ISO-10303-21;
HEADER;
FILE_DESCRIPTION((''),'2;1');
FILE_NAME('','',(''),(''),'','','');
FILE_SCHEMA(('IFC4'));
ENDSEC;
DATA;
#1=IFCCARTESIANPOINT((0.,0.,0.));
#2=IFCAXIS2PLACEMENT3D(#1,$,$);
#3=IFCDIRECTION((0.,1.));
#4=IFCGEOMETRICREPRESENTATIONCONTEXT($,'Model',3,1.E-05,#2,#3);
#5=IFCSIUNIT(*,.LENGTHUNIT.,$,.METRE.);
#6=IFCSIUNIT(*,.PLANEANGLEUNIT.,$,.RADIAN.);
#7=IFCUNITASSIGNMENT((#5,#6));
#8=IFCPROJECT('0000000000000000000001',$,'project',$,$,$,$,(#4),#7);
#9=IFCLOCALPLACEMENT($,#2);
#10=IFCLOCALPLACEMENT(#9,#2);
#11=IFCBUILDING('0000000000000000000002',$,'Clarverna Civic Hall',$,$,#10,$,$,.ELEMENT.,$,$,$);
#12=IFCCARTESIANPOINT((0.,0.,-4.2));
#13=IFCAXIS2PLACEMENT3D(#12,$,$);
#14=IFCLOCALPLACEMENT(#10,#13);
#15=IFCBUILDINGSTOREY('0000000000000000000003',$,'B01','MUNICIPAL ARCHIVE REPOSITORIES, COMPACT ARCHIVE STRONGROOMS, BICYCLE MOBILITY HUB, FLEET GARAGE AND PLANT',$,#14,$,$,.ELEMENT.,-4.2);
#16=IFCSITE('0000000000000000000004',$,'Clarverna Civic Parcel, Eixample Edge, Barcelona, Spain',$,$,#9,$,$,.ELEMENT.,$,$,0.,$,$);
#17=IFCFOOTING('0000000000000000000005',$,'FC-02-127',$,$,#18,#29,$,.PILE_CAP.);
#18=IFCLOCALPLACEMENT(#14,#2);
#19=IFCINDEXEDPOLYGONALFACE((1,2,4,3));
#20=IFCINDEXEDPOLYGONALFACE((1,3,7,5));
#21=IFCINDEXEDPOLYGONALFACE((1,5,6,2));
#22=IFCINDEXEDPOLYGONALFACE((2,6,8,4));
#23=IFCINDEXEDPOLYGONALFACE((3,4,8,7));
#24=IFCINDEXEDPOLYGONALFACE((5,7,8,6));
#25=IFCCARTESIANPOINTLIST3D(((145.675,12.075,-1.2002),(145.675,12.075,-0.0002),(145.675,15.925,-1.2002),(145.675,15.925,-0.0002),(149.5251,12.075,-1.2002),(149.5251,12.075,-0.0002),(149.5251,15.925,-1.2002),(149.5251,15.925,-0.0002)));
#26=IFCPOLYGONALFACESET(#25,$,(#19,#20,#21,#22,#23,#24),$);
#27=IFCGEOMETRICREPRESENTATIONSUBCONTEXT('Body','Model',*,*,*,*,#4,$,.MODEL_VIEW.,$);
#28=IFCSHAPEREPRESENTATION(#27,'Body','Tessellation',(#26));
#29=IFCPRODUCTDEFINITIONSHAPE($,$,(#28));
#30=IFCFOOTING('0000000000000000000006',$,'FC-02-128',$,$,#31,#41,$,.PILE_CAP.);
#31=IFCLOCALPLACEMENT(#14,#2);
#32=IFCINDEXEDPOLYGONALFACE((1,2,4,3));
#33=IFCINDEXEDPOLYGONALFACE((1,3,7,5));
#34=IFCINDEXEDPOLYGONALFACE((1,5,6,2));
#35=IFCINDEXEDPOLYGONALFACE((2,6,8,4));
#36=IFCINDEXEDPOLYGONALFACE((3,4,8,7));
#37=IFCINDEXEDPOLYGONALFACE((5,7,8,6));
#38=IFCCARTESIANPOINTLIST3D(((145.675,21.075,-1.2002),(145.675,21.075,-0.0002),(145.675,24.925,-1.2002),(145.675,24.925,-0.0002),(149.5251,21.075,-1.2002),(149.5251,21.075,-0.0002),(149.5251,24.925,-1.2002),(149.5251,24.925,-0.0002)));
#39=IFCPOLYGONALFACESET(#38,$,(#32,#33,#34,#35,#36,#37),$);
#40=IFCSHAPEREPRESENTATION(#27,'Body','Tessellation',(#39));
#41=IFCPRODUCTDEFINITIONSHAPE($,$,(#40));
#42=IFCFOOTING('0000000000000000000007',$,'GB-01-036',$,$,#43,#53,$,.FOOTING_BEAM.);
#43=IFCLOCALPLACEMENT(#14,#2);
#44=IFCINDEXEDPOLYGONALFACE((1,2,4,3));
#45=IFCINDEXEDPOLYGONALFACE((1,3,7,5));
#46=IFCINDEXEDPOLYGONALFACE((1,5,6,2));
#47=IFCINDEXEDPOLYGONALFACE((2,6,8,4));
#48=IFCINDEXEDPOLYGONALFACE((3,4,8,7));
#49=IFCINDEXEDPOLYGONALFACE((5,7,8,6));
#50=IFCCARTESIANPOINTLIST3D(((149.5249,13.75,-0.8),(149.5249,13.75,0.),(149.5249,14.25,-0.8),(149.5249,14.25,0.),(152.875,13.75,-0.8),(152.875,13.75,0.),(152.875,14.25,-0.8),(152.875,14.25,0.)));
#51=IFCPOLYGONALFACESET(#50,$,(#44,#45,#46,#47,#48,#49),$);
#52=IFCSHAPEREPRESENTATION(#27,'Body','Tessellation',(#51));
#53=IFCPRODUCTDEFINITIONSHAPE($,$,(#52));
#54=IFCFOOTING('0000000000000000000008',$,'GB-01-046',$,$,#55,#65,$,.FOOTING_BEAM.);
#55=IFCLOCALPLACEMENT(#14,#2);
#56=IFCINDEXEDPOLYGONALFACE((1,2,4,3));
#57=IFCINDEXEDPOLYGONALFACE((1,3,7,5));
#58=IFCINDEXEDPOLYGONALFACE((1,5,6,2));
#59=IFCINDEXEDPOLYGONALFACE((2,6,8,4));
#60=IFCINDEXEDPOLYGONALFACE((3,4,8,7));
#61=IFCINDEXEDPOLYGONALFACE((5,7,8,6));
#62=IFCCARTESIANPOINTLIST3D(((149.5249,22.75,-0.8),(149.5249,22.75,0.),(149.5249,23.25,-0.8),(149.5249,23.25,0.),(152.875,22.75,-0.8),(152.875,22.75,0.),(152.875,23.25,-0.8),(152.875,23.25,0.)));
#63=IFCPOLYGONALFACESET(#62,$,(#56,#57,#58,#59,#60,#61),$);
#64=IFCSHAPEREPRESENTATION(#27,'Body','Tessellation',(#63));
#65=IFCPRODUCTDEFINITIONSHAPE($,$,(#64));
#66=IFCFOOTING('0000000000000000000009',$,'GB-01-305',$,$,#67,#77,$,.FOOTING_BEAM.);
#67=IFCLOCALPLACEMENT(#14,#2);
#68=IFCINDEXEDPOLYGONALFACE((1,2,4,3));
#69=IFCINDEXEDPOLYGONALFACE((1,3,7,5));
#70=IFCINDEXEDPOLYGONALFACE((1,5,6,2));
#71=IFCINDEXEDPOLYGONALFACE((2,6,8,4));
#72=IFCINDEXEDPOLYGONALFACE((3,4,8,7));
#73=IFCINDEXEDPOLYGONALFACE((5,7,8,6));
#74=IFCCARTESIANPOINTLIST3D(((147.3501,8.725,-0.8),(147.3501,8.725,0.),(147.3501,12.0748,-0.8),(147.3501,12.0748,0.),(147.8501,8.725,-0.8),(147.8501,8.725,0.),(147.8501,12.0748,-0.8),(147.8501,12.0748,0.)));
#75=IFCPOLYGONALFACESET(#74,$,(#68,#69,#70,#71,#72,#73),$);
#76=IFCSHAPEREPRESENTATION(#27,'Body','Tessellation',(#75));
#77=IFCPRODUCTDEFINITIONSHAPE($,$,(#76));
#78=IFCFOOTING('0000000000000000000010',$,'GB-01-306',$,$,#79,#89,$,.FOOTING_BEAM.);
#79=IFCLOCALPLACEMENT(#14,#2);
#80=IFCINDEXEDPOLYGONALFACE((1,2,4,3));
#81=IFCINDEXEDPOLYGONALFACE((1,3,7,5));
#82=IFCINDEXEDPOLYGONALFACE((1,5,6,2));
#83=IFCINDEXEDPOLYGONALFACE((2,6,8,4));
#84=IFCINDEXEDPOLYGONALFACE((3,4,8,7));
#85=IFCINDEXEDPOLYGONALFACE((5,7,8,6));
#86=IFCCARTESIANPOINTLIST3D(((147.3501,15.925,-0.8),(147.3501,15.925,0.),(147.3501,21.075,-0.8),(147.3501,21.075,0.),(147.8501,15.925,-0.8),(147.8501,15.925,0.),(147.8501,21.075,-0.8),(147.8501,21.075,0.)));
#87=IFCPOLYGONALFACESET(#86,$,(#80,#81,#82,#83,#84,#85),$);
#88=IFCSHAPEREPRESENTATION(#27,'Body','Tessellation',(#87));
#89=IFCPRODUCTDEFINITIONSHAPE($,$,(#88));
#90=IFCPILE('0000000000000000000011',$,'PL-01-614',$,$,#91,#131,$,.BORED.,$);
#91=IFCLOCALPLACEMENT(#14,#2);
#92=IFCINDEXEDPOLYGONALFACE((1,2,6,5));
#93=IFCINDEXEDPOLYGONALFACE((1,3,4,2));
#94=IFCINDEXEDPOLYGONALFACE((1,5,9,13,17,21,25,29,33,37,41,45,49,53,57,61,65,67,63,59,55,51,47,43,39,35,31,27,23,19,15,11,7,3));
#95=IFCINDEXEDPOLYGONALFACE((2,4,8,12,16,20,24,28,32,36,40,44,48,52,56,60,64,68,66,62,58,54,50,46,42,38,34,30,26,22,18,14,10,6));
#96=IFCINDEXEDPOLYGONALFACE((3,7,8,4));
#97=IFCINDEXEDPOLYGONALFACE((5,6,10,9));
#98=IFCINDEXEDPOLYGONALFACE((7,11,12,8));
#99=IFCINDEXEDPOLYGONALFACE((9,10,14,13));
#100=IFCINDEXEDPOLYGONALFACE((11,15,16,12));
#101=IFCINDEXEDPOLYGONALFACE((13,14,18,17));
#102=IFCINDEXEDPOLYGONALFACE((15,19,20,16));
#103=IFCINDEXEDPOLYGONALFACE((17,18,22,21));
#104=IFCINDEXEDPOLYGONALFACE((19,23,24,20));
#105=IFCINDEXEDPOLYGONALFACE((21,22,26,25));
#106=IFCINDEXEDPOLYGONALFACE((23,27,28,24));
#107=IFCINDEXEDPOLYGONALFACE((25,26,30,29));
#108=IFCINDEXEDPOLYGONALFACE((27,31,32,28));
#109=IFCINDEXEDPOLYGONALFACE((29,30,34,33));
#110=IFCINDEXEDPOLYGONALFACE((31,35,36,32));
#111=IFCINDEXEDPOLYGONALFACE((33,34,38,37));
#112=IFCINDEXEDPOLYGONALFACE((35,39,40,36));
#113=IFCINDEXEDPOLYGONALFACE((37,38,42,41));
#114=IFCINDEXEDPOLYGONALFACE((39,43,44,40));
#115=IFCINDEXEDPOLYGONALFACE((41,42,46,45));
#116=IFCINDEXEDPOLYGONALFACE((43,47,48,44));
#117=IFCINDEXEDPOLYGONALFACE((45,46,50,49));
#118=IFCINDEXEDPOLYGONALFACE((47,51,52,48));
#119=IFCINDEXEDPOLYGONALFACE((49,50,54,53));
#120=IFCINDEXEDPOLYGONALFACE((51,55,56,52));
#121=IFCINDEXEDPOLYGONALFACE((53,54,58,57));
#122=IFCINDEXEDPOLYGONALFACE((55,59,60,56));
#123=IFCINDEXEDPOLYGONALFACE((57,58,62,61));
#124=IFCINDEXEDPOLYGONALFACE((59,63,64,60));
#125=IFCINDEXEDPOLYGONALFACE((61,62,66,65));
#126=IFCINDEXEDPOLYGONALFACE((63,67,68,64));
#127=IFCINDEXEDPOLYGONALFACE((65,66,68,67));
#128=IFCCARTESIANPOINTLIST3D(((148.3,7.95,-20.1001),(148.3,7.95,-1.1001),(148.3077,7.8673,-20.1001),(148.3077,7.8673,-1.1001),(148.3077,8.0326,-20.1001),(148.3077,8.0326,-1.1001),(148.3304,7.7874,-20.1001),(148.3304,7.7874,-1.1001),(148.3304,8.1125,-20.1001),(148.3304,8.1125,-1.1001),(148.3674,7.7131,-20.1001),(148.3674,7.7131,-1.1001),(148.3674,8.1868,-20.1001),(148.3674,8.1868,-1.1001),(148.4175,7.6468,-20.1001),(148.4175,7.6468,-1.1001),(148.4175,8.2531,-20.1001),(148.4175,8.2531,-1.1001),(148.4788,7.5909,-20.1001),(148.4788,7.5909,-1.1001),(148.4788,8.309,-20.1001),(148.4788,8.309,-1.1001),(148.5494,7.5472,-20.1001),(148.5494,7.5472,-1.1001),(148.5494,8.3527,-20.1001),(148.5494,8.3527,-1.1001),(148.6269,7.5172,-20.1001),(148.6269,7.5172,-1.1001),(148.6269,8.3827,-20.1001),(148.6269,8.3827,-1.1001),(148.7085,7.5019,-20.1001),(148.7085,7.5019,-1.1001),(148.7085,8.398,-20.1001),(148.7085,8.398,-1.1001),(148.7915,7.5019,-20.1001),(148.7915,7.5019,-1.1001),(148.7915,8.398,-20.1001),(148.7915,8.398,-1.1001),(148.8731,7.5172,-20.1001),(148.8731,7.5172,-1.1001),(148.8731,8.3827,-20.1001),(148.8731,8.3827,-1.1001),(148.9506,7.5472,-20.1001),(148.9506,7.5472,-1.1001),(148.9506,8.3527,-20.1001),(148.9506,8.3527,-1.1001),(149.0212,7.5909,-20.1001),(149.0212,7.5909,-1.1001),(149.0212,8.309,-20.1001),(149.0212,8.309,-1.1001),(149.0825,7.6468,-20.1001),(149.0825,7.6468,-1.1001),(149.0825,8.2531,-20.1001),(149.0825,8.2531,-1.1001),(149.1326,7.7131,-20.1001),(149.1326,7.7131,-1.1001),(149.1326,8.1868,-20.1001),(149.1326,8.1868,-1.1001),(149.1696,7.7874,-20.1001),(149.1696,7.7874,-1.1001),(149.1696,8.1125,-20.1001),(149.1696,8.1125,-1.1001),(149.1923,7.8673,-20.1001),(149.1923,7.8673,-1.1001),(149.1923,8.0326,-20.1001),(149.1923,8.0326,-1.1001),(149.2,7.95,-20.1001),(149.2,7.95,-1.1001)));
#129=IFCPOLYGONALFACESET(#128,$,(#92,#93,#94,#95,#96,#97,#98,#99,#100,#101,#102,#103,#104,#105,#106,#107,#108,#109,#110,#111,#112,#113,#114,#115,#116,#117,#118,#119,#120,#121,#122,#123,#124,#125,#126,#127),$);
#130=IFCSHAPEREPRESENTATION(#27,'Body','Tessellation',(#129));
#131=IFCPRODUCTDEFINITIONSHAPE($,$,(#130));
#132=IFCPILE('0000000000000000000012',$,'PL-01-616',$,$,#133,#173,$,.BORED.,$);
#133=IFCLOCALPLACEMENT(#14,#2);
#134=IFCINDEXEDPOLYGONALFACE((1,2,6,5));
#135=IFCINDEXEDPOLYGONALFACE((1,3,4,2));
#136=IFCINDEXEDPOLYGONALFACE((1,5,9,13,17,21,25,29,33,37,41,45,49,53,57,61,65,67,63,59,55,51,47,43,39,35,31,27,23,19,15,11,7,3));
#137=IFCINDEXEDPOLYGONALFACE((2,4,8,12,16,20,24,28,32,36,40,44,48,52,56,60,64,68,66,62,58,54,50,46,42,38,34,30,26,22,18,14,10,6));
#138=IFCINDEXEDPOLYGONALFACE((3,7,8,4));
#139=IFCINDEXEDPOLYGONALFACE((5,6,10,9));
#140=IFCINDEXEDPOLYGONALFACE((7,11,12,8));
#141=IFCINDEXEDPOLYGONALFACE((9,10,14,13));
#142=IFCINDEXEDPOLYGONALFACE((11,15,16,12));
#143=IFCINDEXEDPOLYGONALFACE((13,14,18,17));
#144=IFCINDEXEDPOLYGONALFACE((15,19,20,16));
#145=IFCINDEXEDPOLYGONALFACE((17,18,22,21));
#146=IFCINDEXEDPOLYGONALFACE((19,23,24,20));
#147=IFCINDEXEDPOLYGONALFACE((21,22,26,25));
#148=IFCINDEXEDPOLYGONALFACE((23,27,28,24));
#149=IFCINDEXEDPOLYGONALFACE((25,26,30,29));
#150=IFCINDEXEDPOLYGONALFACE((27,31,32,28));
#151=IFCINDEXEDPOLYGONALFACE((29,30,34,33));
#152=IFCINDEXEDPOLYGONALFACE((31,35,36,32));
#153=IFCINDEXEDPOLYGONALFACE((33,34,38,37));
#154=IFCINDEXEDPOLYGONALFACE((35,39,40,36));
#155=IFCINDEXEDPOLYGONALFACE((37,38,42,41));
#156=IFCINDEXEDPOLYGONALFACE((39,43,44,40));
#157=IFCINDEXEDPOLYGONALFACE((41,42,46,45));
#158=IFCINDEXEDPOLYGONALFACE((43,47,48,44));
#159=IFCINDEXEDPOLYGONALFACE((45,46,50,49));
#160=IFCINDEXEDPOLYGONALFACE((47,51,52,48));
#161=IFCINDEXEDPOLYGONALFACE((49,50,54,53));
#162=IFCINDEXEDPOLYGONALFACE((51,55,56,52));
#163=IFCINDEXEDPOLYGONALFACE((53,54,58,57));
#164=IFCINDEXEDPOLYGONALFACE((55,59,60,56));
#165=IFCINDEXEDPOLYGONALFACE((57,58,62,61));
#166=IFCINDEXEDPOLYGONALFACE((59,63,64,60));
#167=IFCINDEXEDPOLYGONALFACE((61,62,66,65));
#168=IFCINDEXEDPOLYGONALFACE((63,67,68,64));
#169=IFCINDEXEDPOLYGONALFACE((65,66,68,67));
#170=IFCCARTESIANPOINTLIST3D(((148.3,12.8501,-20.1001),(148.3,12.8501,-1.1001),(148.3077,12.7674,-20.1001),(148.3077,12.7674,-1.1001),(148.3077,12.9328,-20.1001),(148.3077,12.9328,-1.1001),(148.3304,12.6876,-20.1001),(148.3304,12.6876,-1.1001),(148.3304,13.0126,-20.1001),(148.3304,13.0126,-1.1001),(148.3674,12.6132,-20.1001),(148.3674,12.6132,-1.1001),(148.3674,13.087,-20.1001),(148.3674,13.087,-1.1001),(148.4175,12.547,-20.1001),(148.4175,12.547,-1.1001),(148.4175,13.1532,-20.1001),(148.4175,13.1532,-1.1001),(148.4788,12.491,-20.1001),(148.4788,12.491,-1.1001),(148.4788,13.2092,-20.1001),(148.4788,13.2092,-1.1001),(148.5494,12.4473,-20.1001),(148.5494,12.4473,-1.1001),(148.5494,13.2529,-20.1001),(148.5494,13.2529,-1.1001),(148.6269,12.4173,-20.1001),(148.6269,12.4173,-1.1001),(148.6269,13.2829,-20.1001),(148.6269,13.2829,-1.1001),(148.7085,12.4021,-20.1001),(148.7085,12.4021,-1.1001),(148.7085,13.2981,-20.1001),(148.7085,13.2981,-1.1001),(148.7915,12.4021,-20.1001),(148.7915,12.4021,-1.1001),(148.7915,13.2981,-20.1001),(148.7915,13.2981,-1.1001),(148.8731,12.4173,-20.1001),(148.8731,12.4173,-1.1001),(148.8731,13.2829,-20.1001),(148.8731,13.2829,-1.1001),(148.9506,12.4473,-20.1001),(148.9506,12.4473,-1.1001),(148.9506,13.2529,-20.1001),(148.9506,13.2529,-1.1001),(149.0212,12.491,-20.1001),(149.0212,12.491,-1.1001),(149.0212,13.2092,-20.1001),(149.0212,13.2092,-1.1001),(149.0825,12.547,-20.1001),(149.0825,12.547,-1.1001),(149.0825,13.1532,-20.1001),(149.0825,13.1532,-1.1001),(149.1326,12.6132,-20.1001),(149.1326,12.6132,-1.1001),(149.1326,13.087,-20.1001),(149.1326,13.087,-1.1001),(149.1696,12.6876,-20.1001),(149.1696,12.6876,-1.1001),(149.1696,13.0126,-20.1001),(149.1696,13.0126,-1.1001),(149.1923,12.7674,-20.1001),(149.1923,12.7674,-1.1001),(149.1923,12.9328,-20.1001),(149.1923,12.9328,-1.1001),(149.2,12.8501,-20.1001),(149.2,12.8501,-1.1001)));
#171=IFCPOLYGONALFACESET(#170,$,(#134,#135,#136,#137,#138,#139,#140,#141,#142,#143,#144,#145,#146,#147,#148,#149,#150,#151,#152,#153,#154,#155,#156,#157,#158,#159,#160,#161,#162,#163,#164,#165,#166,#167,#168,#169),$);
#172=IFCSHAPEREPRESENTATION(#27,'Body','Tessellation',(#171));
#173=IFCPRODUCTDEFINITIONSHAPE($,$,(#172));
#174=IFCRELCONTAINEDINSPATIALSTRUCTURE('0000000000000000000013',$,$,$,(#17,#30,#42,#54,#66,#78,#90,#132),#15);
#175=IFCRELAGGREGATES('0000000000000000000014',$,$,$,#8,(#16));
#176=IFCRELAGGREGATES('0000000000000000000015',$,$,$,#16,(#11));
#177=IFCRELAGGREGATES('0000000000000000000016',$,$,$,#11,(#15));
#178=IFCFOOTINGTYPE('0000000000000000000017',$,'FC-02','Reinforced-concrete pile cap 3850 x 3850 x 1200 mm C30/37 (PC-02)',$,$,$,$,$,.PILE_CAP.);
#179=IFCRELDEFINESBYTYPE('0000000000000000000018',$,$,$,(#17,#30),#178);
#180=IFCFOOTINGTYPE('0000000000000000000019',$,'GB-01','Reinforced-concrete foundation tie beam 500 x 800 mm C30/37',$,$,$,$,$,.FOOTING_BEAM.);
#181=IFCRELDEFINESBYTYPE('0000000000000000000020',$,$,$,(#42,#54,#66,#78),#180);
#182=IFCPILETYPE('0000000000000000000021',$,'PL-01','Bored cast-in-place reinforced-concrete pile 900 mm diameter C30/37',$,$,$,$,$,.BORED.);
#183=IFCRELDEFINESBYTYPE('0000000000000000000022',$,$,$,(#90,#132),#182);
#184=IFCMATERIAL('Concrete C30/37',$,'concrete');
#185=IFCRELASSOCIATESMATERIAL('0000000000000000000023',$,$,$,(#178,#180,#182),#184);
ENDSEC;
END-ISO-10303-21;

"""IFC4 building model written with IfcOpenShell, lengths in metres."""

from ifc_helpers import new_model, si_unit, direction, frame, frame_2d, origin, origin_2d, place, context, subcontext, project, spatial, rectangle, circle, extrude, material, material_profile, profile_set, type_object, element, save


model = new_model("IFC4")

# Units and contexts
model_context = context("Model", 3, precision=1e-05, world=origin(), true_north=direction((0.0, 1.0)))
body_context = subcontext(model_context, "Body", "Model", "MODEL_VIEW")
ifc_project = project(units=[si_unit("LENGTHUNIT", "METRE"), si_unit("PLANEANGLEUNIT", "RADIAN")], contexts=[model_context])

# Site, building, storey
site_placement = place(None, origin())
site = spatial("IfcSite", under=ifc_project, at=site_placement, Name="Clarverna Civic Parcel, Eixample Edge, Barcelona, Spain", CompositionType="ELEMENT", RefElevation=0.0)
building_placement = place(site_placement, origin())
building = spatial("IfcBuilding", under=site, at=building_placement, Name="Clarverna Civic Hall", CompositionType="ELEMENT")
storey_placement = place(building_placement, frame((0.0, 0.0, -4.2)))
storey = spatial("IfcBuildingStorey", under=building, at=storey_placement, Name="B01", Description="MUNICIPAL ARCHIVE REPOSITORIES, COMPACT ARCHIVE STRONGROOMS, BICYCLE MOBILITY HUB, FLEET GARAGE AND PLANT", CompositionType="ELEMENT", Elevation=-4.2)

# Footings
ifc_material_1 = material(Name="Concrete C30/37", Category="concrete")
footing_type_1 = type_object("IfcFootingType", Name="FC-02", Description="Reinforced-concrete pile cap 3850 x 3850 x 1200 mm C30/37 (PC-02)", PredefinedType="PILE_CAP", material=ifc_material_1)
for number, where, z_axis, x_axis, name in (
    (1, (147.6001, 14.0, -1.2002), (0.0, 0.0, 1.0), (1.0, 0.0, 0.0), "FC-02-127"),
    (2, (147.6001, 23.0, -1.2002), (0.0, 0.0, 1.0), (1.0, 0.0, 0.0), "FC-02-128"),
):
    element("IfcFooting", number, at=place(storey_placement, frame(where, z_axis=z_axis, x_axis=x_axis)), inside=storey, type_object=footing_type_1, Name=name, PredefinedType="PILE_CAP", context=body_context, shape_type="SweptSolid", body=[
        extrude(rectangle(XDim=3.8501, YDim=3.8501, at=origin_2d()), origin(), (0.0, 0.0, 1.0), 1.2),
    ])
footing_type_2 = type_object("IfcFootingType", Name="GB-01", Description="Reinforced-concrete foundation tie beam 500 x 800 mm C30/37", PredefinedType="FOOTING_BEAM", material=ifc_material_1)
for number, where, z_axis, x_axis, name in (
    (3, (149.5249, 14.0, -0.8), (0.0, 0.0, 1.0), (1.0, 0.0, 0.0), "GB-01-036"),
    (4, (149.5249, 23.0, -0.8), (0.0, 0.0, 1.0), (1.0, 0.0, 0.0), "GB-01-046"),
):
    element("IfcFooting", number, at=place(storey_placement, frame(where, z_axis=z_axis, x_axis=x_axis)), inside=storey, type_object=footing_type_2, Name=name, PredefinedType="FOOTING_BEAM", context=body_context, shape_type="SweptSolid", body=[
        extrude(rectangle(XDim=3.3501, YDim=0.5, at=frame_2d((1.675, 0.0))), origin(), (0.0, 0.0, 1.0), 0.8),
    ])
footing_1_placement = place(storey_placement, frame((147.6001, 8.7251, -0.8), z_axis=(0.0, 0.0, 1.0), x_axis=(0.0, 1.0, 0.0)))
element("IfcFooting", 5, at=footing_1_placement, inside=storey, type_object=footing_type_2, Name="GB-01-305", PredefinedType="FOOTING_BEAM", context=body_context, shape_type="SweptSolid", body=[
    extrude(rectangle(XDim=3.3499, YDim=0.5, at=frame_2d((1.6748, 0.0))), origin(), (0.0, 0.0, 1.0), 0.8),
])
footing_2_placement = place(storey_placement, frame((147.6001, 15.925, -0.8), z_axis=(0.0, 0.0, 1.0), x_axis=(0.0, 1.0, 0.0)))
element("IfcFooting", 6, at=footing_2_placement, inside=storey, type_object=footing_type_2, Name="GB-01-306", PredefinedType="FOOTING_BEAM", context=body_context, shape_type="SweptSolid", body=[
    extrude(rectangle(XDim=5.1499, YDim=0.5, at=frame_2d((2.575, 0.0))), origin(), (0.0, 0.0, 1.0), 0.8),
])

# Piles
ifc_material_profile_1 = material_profile(ifc_material_1, circle(Radius=0.45, at=origin_2d()), Name="BORED PILE D900")
ifc_profile_set_1 = profile_set([ifc_material_profile_1], Name="Concrete C30/37")
pile_type = type_object("IfcPileType", Name="PL-01", Description="Bored cast-in-place reinforced-concrete pile 900 mm diameter C30/37", PredefinedType="BORED", material=ifc_profile_set_1)
for number, where, z_axis, x_axis, name in (
    (7, (148.75, 7.95, -1.1001), (0.0, 0.0, -1.0), (1.0, 0.0, 0.0), "PL-01-614"),
    (8, (148.75, 12.8501, -1.1001), (0.0, 0.0, -1.0), (1.0, 0.0, 0.0), "PL-01-616"),
):
    element("IfcPile", number, at=place(storey_placement, frame(where, z_axis=z_axis, x_axis=x_axis)), inside=storey, type_object=pile_type, Name=name, PredefinedType="BORED", context=body_context, shape_type="SweptSolid", body=[
        extrude(circle(Radius=0.45, at=origin_2d()), origin(), (0.0, 0.0, 1.0), 19.0),
    ])

save(model, "model.ifc")
